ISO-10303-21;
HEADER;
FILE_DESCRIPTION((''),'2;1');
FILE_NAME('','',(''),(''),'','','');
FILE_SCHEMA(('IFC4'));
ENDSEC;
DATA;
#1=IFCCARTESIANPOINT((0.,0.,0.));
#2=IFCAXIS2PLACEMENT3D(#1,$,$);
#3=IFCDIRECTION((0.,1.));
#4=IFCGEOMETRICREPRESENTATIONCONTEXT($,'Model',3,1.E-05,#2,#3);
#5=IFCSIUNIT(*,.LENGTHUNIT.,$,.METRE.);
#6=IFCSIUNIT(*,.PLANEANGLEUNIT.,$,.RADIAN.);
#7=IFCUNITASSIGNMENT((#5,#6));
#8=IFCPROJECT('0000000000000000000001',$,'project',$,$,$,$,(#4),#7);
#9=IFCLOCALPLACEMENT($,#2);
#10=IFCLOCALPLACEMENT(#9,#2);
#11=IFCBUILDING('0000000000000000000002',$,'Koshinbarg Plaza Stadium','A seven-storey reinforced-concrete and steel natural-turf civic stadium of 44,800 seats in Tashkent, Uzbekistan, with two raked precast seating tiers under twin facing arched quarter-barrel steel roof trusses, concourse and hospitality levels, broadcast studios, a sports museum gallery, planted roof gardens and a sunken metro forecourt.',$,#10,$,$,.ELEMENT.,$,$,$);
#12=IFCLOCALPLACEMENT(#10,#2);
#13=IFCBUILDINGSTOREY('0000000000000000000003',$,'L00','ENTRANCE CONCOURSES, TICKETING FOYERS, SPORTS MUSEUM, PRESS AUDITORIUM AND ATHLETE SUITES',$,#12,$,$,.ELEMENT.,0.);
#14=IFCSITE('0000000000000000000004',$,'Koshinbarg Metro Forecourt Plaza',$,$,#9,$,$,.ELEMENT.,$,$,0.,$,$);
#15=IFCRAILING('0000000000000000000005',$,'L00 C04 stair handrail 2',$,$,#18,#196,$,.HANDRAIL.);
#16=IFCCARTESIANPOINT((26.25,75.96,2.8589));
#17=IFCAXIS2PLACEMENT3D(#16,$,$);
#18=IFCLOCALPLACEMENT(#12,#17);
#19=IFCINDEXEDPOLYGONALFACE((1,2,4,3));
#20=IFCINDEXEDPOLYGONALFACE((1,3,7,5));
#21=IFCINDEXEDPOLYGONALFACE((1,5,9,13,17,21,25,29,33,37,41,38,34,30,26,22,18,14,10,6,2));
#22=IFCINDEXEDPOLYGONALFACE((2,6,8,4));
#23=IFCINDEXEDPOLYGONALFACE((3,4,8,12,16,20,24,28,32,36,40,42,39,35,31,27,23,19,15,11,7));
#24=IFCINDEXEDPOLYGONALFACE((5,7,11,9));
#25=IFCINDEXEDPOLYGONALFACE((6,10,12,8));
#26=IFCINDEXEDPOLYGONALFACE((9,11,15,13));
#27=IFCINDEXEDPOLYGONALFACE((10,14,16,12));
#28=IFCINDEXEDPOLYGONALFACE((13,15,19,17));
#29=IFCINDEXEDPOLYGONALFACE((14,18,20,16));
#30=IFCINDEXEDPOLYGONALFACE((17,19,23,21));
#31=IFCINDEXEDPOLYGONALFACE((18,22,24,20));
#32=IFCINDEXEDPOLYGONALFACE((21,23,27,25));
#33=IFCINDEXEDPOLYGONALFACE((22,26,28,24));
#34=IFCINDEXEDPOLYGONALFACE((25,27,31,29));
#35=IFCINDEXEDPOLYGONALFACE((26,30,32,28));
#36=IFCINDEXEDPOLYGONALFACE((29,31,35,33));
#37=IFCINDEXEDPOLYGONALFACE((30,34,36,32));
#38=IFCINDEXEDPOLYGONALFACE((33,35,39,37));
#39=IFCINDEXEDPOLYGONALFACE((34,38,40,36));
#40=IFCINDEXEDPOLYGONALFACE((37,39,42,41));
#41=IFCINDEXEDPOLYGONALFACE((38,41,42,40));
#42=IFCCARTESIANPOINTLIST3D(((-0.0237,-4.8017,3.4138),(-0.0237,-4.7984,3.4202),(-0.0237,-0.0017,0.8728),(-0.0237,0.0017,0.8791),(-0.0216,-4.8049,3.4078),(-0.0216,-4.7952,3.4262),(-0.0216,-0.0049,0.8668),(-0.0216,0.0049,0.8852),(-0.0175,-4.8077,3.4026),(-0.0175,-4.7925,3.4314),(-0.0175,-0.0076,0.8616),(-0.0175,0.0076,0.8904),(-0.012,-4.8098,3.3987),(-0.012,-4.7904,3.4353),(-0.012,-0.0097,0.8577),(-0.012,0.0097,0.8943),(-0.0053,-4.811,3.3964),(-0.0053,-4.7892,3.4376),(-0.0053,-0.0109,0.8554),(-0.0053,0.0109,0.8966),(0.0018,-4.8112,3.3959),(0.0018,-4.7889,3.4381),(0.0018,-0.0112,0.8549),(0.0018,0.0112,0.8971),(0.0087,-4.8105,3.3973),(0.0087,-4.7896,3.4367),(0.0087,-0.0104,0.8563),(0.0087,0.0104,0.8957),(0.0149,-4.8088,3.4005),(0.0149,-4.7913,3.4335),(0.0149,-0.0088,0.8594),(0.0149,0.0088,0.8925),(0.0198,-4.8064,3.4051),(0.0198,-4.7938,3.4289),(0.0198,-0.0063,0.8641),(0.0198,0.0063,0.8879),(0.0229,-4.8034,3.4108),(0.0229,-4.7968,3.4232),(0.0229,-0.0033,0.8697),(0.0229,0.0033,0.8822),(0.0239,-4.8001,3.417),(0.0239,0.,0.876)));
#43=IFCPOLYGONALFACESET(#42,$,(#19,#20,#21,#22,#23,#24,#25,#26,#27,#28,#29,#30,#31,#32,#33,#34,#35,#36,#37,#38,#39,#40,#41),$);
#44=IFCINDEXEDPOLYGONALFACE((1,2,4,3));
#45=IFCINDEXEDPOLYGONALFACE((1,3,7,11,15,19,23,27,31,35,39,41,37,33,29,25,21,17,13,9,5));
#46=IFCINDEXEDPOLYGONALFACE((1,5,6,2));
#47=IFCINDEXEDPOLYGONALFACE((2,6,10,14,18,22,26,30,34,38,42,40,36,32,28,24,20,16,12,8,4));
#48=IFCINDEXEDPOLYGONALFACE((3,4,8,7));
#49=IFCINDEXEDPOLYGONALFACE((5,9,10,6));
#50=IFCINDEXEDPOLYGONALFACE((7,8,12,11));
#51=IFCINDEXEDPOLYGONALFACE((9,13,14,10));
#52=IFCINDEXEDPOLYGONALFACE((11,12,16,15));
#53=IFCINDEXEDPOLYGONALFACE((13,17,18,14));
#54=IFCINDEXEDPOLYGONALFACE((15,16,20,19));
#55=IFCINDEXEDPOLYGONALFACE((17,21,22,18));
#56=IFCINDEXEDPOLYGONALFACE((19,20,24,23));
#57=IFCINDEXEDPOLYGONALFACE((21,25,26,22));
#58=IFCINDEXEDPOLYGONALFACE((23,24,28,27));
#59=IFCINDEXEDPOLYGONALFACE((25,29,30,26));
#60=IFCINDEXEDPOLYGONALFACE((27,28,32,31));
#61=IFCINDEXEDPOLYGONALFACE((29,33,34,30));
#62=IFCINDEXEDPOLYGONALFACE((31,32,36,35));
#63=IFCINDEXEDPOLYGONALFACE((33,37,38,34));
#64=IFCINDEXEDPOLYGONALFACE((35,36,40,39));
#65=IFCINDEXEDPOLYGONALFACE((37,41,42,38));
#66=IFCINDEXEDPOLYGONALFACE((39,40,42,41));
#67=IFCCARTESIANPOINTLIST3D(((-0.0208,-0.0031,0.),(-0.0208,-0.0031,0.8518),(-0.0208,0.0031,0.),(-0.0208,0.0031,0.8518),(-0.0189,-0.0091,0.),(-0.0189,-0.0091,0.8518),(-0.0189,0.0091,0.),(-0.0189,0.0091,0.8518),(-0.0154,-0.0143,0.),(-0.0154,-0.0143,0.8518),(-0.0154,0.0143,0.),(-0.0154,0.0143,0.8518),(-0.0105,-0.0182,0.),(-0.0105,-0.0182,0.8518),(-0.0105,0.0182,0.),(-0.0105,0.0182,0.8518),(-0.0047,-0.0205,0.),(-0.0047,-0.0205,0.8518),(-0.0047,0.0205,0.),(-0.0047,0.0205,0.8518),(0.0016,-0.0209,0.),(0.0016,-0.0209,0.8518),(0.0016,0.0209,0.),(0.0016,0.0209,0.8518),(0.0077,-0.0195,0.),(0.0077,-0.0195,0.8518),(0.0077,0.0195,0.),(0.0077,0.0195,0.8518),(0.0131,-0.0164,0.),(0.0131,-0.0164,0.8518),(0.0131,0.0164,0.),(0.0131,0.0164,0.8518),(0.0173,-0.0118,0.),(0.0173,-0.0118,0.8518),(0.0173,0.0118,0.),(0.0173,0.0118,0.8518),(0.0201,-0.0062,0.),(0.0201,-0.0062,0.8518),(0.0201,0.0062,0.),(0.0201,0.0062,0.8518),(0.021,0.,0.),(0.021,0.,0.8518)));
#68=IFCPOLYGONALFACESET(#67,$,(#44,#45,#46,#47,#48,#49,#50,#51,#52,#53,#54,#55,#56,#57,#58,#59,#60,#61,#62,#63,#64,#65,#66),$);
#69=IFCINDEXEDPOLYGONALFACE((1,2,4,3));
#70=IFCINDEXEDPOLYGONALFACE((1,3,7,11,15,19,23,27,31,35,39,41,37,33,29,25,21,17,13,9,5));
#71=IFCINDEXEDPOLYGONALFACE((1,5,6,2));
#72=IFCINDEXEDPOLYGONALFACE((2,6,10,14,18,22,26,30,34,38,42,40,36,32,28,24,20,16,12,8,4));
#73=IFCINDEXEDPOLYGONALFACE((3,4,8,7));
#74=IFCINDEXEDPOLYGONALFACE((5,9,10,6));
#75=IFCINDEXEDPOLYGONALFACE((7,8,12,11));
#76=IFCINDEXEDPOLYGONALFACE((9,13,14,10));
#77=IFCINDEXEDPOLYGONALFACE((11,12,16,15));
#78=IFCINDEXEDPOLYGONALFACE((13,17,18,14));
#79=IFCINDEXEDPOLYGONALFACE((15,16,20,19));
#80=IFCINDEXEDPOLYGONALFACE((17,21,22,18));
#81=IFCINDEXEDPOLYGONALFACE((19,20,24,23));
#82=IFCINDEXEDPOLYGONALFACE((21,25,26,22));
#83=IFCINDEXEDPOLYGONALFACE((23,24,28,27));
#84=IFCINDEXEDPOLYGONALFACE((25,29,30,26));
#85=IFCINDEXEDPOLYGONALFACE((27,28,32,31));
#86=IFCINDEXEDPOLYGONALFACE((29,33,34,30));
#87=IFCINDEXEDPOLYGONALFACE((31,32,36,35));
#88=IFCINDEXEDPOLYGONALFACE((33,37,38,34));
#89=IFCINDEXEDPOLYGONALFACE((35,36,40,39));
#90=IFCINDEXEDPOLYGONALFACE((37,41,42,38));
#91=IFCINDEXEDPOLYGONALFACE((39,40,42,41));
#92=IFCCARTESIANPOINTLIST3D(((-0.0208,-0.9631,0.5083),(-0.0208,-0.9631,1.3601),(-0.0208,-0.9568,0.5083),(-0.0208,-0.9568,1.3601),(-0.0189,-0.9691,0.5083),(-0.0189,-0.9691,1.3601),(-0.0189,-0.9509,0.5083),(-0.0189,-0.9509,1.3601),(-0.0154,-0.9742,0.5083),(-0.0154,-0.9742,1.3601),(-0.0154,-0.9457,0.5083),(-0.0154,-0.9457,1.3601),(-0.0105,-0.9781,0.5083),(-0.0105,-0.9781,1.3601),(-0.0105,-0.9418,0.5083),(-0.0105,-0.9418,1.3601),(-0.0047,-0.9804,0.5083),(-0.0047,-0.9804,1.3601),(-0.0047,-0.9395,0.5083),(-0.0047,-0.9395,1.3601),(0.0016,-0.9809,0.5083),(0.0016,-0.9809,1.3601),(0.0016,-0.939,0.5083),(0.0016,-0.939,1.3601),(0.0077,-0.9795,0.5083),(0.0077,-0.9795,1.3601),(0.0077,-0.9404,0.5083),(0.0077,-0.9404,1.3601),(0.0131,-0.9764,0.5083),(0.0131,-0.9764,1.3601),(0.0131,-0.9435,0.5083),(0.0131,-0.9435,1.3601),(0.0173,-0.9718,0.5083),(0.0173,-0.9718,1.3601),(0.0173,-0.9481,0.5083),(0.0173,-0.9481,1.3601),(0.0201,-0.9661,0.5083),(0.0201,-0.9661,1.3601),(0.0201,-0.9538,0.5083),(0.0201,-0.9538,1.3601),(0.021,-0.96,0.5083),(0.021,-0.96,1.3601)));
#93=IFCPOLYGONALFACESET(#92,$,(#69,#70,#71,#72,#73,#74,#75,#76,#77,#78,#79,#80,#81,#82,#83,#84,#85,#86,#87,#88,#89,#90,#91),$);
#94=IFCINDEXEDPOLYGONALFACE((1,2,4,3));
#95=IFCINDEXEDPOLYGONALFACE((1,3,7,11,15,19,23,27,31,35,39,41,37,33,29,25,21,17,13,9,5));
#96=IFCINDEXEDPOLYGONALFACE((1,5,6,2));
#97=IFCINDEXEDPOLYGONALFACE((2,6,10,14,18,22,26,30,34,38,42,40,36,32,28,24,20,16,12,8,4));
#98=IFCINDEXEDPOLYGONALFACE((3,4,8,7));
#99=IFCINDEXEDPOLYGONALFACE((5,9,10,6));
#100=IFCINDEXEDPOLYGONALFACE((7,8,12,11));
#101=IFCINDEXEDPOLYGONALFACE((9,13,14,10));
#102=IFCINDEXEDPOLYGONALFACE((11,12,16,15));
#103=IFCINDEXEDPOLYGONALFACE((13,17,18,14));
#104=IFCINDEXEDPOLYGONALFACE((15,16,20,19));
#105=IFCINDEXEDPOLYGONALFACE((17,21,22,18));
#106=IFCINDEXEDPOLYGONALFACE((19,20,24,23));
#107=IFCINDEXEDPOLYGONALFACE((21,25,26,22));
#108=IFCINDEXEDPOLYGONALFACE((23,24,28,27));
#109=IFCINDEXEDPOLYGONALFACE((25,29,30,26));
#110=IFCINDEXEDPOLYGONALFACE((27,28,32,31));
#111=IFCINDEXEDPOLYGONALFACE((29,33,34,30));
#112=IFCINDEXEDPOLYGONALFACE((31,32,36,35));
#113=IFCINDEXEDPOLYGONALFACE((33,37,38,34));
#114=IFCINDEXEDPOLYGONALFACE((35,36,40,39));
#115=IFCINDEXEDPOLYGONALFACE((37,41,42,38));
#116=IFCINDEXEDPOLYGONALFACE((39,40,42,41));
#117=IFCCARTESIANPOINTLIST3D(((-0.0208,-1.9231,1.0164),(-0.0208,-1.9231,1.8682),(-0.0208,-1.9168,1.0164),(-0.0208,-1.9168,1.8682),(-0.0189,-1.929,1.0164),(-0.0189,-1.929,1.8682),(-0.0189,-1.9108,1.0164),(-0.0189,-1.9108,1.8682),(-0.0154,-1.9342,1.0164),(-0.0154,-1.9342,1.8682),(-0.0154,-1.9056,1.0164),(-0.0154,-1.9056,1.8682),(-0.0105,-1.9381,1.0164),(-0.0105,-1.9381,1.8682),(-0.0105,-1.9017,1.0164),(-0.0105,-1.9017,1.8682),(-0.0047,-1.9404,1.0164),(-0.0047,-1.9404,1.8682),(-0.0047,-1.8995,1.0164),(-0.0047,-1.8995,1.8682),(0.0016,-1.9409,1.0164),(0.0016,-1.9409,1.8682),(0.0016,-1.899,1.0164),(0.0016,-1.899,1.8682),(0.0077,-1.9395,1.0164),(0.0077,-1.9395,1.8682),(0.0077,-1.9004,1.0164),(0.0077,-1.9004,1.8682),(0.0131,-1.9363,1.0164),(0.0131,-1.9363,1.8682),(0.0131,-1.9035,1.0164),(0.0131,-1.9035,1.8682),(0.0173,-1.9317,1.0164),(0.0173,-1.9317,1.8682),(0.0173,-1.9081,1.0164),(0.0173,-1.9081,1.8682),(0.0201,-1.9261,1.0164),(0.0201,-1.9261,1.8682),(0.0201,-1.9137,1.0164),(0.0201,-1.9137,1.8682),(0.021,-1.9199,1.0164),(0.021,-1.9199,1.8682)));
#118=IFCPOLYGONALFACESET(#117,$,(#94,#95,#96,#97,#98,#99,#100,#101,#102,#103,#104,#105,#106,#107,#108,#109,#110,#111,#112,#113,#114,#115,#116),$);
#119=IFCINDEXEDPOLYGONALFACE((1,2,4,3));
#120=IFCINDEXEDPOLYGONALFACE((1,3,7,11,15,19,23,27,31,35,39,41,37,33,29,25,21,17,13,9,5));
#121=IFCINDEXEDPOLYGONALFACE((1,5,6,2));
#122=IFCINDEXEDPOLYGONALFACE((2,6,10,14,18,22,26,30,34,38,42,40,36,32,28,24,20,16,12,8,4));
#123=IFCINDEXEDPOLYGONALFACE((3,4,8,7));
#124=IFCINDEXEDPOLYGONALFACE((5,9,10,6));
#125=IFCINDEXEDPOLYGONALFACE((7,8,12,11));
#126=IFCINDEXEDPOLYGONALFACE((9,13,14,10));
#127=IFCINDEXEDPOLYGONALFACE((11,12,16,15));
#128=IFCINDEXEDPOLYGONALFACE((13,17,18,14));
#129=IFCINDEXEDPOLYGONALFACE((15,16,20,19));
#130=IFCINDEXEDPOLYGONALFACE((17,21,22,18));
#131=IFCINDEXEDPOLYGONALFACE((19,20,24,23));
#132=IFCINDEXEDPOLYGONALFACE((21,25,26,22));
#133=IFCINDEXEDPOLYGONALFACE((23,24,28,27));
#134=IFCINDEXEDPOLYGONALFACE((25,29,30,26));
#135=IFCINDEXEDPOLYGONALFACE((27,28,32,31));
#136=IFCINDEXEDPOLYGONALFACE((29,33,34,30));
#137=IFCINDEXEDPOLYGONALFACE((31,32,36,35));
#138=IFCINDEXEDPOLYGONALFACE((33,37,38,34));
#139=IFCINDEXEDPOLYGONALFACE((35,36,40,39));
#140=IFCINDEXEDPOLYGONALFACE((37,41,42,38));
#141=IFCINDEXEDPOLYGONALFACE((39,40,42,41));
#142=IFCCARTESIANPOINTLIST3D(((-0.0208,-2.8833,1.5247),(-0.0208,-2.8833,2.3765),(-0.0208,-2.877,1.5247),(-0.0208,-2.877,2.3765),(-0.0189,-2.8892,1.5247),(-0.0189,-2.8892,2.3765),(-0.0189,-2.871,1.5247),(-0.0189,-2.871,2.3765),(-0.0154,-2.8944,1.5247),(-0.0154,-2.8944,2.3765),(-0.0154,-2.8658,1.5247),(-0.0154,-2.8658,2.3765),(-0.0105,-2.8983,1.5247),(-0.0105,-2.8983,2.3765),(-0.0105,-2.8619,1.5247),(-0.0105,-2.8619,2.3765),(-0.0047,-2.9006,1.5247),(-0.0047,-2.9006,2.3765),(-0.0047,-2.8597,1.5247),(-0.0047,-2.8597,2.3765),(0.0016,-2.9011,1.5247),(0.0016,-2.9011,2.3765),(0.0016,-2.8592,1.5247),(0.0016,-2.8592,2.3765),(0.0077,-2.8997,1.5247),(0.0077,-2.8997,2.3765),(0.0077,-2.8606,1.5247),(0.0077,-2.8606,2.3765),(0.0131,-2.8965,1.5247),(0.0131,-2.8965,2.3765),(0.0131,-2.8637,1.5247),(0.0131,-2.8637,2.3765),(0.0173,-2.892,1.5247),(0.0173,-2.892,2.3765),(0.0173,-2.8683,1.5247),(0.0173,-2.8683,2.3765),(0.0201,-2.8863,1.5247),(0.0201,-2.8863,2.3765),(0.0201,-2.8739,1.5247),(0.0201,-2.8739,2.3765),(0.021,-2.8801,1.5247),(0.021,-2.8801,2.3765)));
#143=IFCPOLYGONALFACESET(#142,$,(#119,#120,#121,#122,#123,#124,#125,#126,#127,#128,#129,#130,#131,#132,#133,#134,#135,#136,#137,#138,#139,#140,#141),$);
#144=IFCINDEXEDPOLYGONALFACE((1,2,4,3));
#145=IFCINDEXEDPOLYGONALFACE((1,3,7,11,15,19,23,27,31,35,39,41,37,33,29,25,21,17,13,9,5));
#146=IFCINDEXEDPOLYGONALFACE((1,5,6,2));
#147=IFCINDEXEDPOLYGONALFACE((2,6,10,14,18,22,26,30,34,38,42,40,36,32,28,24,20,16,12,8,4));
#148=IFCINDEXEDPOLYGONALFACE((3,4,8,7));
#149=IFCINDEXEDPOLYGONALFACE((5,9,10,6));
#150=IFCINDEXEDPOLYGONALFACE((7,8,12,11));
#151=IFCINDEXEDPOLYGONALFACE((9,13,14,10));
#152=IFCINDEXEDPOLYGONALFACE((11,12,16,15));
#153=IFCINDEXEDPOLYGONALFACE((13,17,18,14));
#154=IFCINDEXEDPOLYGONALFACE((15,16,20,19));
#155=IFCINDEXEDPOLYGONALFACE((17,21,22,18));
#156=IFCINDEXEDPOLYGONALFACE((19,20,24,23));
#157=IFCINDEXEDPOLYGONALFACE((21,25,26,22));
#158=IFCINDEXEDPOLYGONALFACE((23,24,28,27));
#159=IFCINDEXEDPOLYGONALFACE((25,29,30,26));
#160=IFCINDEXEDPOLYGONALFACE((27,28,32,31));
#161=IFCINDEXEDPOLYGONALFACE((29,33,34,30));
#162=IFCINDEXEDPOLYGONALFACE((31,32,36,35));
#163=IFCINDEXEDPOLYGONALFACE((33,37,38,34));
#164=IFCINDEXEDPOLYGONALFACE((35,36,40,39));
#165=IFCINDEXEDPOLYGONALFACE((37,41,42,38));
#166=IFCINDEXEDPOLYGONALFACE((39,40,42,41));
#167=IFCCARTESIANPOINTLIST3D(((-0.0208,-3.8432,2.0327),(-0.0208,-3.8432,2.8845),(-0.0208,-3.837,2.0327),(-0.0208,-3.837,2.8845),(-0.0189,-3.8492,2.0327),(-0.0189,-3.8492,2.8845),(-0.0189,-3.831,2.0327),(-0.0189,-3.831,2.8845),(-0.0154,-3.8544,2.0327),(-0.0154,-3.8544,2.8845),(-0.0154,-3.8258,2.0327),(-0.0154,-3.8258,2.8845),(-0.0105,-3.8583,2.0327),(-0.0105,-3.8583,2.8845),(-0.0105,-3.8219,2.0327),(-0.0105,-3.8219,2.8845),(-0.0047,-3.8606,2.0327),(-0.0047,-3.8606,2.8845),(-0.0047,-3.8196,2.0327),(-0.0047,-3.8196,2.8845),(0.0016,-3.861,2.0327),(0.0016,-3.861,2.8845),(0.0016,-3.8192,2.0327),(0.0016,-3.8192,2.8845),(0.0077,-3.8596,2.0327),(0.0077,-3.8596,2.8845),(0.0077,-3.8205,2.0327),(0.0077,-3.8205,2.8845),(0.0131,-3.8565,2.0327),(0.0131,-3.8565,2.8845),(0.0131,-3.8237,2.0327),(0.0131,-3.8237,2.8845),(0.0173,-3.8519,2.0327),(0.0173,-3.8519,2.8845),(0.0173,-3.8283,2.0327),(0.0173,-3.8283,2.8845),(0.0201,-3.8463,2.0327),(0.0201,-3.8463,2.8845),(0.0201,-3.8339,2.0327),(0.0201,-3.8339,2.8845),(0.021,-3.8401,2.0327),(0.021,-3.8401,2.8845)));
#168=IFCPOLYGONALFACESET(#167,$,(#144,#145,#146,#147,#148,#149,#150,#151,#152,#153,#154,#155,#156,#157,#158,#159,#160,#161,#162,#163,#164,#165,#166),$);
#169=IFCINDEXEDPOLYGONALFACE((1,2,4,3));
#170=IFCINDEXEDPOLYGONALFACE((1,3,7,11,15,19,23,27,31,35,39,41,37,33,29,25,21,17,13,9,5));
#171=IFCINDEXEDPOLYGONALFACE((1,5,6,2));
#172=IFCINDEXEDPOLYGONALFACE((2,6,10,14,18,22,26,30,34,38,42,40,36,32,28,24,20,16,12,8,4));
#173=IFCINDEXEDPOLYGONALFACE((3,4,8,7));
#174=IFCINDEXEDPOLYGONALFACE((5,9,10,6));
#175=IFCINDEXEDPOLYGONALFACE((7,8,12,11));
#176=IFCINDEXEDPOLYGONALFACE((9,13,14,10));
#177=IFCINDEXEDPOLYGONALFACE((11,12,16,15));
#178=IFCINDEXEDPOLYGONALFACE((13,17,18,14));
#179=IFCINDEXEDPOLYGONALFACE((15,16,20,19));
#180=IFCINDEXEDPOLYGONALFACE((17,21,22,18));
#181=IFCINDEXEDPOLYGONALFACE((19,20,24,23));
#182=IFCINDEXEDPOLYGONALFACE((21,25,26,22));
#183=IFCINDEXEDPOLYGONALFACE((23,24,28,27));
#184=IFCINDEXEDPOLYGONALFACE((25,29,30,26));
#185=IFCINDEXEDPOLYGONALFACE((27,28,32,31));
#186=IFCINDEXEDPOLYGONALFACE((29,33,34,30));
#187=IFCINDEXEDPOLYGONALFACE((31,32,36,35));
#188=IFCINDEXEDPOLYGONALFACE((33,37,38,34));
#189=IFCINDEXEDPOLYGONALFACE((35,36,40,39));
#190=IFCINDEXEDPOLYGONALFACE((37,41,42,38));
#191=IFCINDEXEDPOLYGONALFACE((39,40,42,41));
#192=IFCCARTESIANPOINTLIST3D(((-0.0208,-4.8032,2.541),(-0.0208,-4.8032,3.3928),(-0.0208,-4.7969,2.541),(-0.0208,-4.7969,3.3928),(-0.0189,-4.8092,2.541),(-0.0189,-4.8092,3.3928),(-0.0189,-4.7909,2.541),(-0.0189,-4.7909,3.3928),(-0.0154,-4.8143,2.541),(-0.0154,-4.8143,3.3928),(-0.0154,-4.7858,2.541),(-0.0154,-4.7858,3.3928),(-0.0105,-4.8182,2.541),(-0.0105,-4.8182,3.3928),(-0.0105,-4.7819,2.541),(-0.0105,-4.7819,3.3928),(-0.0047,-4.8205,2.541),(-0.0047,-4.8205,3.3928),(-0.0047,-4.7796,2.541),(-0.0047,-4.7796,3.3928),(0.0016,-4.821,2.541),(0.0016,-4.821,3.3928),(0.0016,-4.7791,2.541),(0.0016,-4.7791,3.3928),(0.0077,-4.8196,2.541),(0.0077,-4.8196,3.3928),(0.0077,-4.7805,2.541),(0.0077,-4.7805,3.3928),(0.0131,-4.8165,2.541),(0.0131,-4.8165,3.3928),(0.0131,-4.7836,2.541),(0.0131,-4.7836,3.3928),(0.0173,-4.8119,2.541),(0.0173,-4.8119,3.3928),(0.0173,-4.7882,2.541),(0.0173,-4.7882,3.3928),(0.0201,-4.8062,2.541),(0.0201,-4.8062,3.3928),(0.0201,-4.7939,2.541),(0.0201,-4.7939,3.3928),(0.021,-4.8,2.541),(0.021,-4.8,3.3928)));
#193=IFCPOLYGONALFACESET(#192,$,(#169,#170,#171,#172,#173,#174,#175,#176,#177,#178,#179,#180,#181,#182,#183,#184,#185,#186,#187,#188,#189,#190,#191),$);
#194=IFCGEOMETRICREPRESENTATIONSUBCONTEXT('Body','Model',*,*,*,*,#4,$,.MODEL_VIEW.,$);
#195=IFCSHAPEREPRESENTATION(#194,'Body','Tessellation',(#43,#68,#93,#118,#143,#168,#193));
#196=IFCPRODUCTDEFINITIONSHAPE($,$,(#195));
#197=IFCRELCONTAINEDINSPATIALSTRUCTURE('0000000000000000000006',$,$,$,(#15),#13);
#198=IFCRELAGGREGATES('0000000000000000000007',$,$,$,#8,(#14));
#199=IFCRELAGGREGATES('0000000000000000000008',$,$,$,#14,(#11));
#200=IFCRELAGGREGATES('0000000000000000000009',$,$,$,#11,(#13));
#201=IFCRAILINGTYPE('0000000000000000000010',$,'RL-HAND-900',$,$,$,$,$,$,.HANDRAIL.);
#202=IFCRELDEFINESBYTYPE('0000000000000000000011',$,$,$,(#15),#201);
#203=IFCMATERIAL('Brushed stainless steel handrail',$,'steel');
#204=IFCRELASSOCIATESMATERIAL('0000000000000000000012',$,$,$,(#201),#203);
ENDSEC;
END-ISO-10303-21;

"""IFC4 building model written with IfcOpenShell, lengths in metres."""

from ifc_helpers import new_model, si_unit, direction, frame, origin, origin_2d, place, context, subcontext, project, spatial, circle, extrude, material, type_object, element, save


model = new_model("IFC4")

# Units and contexts
model_context = context("Model", 3, precision=1e-05, world=origin(), true_north=direction((0.0, 1.0)))
body_context = subcontext(model_context, "Body", "Model", "MODEL_VIEW")
ifc_project = project(units=[si_unit("LENGTHUNIT", "METRE"), si_unit("PLANEANGLEUNIT", "RADIAN")], contexts=[model_context])

# Site, building, storey
site_placement = place(None, origin())
site = spatial("IfcSite", under=ifc_project, at=site_placement, Name="Koshinbarg Metro Forecourt Plaza", CompositionType="ELEMENT", RefElevation=0.0)
building_placement = place(site_placement, origin())
building = spatial("IfcBuilding", under=site, at=building_placement, Name="Koshinbarg Plaza Stadium", Description="A seven-storey reinforced-concrete and steel natural-turf civic stadium of 44,800 seats in Tashkent, Uzbekistan, with two raked precast seating tiers under twin facing arched quarter-barrel steel roof trusses, concourse and hospitality levels, broadcast studios, a sports museum gallery, planted roof gardens and a sunken metro forecourt.", CompositionType="ELEMENT")
storey_placement = place(building_placement, origin())
storey = spatial("IfcBuildingStorey", under=building, at=storey_placement, Name="L00", Description="ENTRANCE CONCOURSES, TICKETING FOYERS, SPORTS MUSEUM, PRESS AUDITORIUM AND ATHLETE SUITES", CompositionType="ELEMENT", Elevation=0.0)

# Railing
ifc_material_1 = material(Name="Brushed stainless steel handrail", Category="steel")
railing_type_1 = type_object("IfcRailingType", Name="RL-HAND-900", PredefinedType="HANDRAIL", material=ifc_material_1)
railing_1_placement = place(storey_placement, frame((26.25, 75.96, 2.8589)))
element("IfcRailing", 1, at=railing_1_placement, inside=storey, type_object=railing_type_1, Name="L00 C04 stair handrail 2", PredefinedType="HANDRAIL", context=body_context, shape_type="SweptSolid", body=[
    extrude(circle(Radius=0.0239, at=origin_2d()), frame((0.0, 0.0, 0.876), z_axis=(0.0, -0.883802, 0.467861), x_axis=(1.0, 0.0, 0.0)), (0.0, 0.0, 1.0), 5.4312),
    extrude(circle(Radius=0.021, at=origin_2d()), origin(), (0.0, 0.0, 1.0), 0.8518),
    extrude(circle(Radius=0.021, at=origin_2d()), frame((0.0, -0.96, 0.5083)), (0.0, 0.0, 1.0), 0.8518),
    extrude(circle(Radius=0.021, at=origin_2d()), frame((0.0, -1.9199, 1.0164)), (0.0, 0.0, 1.0), 0.8518),
    extrude(circle(Radius=0.021, at=origin_2d()), frame((0.0, -2.8801, 1.5247)), (0.0, 0.0, 1.0), 0.8518),
    extrude(circle(Radius=0.021, at=origin_2d()), frame((0.0, -3.8401, 2.0327)), (0.0, 0.0, 1.0), 0.8518),
    extrude(circle(Radius=0.021, at=origin_2d()), frame((0.0, -4.8, 2.541)), (0.0, 0.0, 1.0), 0.8518),
])

save(model, "model.ifc")
